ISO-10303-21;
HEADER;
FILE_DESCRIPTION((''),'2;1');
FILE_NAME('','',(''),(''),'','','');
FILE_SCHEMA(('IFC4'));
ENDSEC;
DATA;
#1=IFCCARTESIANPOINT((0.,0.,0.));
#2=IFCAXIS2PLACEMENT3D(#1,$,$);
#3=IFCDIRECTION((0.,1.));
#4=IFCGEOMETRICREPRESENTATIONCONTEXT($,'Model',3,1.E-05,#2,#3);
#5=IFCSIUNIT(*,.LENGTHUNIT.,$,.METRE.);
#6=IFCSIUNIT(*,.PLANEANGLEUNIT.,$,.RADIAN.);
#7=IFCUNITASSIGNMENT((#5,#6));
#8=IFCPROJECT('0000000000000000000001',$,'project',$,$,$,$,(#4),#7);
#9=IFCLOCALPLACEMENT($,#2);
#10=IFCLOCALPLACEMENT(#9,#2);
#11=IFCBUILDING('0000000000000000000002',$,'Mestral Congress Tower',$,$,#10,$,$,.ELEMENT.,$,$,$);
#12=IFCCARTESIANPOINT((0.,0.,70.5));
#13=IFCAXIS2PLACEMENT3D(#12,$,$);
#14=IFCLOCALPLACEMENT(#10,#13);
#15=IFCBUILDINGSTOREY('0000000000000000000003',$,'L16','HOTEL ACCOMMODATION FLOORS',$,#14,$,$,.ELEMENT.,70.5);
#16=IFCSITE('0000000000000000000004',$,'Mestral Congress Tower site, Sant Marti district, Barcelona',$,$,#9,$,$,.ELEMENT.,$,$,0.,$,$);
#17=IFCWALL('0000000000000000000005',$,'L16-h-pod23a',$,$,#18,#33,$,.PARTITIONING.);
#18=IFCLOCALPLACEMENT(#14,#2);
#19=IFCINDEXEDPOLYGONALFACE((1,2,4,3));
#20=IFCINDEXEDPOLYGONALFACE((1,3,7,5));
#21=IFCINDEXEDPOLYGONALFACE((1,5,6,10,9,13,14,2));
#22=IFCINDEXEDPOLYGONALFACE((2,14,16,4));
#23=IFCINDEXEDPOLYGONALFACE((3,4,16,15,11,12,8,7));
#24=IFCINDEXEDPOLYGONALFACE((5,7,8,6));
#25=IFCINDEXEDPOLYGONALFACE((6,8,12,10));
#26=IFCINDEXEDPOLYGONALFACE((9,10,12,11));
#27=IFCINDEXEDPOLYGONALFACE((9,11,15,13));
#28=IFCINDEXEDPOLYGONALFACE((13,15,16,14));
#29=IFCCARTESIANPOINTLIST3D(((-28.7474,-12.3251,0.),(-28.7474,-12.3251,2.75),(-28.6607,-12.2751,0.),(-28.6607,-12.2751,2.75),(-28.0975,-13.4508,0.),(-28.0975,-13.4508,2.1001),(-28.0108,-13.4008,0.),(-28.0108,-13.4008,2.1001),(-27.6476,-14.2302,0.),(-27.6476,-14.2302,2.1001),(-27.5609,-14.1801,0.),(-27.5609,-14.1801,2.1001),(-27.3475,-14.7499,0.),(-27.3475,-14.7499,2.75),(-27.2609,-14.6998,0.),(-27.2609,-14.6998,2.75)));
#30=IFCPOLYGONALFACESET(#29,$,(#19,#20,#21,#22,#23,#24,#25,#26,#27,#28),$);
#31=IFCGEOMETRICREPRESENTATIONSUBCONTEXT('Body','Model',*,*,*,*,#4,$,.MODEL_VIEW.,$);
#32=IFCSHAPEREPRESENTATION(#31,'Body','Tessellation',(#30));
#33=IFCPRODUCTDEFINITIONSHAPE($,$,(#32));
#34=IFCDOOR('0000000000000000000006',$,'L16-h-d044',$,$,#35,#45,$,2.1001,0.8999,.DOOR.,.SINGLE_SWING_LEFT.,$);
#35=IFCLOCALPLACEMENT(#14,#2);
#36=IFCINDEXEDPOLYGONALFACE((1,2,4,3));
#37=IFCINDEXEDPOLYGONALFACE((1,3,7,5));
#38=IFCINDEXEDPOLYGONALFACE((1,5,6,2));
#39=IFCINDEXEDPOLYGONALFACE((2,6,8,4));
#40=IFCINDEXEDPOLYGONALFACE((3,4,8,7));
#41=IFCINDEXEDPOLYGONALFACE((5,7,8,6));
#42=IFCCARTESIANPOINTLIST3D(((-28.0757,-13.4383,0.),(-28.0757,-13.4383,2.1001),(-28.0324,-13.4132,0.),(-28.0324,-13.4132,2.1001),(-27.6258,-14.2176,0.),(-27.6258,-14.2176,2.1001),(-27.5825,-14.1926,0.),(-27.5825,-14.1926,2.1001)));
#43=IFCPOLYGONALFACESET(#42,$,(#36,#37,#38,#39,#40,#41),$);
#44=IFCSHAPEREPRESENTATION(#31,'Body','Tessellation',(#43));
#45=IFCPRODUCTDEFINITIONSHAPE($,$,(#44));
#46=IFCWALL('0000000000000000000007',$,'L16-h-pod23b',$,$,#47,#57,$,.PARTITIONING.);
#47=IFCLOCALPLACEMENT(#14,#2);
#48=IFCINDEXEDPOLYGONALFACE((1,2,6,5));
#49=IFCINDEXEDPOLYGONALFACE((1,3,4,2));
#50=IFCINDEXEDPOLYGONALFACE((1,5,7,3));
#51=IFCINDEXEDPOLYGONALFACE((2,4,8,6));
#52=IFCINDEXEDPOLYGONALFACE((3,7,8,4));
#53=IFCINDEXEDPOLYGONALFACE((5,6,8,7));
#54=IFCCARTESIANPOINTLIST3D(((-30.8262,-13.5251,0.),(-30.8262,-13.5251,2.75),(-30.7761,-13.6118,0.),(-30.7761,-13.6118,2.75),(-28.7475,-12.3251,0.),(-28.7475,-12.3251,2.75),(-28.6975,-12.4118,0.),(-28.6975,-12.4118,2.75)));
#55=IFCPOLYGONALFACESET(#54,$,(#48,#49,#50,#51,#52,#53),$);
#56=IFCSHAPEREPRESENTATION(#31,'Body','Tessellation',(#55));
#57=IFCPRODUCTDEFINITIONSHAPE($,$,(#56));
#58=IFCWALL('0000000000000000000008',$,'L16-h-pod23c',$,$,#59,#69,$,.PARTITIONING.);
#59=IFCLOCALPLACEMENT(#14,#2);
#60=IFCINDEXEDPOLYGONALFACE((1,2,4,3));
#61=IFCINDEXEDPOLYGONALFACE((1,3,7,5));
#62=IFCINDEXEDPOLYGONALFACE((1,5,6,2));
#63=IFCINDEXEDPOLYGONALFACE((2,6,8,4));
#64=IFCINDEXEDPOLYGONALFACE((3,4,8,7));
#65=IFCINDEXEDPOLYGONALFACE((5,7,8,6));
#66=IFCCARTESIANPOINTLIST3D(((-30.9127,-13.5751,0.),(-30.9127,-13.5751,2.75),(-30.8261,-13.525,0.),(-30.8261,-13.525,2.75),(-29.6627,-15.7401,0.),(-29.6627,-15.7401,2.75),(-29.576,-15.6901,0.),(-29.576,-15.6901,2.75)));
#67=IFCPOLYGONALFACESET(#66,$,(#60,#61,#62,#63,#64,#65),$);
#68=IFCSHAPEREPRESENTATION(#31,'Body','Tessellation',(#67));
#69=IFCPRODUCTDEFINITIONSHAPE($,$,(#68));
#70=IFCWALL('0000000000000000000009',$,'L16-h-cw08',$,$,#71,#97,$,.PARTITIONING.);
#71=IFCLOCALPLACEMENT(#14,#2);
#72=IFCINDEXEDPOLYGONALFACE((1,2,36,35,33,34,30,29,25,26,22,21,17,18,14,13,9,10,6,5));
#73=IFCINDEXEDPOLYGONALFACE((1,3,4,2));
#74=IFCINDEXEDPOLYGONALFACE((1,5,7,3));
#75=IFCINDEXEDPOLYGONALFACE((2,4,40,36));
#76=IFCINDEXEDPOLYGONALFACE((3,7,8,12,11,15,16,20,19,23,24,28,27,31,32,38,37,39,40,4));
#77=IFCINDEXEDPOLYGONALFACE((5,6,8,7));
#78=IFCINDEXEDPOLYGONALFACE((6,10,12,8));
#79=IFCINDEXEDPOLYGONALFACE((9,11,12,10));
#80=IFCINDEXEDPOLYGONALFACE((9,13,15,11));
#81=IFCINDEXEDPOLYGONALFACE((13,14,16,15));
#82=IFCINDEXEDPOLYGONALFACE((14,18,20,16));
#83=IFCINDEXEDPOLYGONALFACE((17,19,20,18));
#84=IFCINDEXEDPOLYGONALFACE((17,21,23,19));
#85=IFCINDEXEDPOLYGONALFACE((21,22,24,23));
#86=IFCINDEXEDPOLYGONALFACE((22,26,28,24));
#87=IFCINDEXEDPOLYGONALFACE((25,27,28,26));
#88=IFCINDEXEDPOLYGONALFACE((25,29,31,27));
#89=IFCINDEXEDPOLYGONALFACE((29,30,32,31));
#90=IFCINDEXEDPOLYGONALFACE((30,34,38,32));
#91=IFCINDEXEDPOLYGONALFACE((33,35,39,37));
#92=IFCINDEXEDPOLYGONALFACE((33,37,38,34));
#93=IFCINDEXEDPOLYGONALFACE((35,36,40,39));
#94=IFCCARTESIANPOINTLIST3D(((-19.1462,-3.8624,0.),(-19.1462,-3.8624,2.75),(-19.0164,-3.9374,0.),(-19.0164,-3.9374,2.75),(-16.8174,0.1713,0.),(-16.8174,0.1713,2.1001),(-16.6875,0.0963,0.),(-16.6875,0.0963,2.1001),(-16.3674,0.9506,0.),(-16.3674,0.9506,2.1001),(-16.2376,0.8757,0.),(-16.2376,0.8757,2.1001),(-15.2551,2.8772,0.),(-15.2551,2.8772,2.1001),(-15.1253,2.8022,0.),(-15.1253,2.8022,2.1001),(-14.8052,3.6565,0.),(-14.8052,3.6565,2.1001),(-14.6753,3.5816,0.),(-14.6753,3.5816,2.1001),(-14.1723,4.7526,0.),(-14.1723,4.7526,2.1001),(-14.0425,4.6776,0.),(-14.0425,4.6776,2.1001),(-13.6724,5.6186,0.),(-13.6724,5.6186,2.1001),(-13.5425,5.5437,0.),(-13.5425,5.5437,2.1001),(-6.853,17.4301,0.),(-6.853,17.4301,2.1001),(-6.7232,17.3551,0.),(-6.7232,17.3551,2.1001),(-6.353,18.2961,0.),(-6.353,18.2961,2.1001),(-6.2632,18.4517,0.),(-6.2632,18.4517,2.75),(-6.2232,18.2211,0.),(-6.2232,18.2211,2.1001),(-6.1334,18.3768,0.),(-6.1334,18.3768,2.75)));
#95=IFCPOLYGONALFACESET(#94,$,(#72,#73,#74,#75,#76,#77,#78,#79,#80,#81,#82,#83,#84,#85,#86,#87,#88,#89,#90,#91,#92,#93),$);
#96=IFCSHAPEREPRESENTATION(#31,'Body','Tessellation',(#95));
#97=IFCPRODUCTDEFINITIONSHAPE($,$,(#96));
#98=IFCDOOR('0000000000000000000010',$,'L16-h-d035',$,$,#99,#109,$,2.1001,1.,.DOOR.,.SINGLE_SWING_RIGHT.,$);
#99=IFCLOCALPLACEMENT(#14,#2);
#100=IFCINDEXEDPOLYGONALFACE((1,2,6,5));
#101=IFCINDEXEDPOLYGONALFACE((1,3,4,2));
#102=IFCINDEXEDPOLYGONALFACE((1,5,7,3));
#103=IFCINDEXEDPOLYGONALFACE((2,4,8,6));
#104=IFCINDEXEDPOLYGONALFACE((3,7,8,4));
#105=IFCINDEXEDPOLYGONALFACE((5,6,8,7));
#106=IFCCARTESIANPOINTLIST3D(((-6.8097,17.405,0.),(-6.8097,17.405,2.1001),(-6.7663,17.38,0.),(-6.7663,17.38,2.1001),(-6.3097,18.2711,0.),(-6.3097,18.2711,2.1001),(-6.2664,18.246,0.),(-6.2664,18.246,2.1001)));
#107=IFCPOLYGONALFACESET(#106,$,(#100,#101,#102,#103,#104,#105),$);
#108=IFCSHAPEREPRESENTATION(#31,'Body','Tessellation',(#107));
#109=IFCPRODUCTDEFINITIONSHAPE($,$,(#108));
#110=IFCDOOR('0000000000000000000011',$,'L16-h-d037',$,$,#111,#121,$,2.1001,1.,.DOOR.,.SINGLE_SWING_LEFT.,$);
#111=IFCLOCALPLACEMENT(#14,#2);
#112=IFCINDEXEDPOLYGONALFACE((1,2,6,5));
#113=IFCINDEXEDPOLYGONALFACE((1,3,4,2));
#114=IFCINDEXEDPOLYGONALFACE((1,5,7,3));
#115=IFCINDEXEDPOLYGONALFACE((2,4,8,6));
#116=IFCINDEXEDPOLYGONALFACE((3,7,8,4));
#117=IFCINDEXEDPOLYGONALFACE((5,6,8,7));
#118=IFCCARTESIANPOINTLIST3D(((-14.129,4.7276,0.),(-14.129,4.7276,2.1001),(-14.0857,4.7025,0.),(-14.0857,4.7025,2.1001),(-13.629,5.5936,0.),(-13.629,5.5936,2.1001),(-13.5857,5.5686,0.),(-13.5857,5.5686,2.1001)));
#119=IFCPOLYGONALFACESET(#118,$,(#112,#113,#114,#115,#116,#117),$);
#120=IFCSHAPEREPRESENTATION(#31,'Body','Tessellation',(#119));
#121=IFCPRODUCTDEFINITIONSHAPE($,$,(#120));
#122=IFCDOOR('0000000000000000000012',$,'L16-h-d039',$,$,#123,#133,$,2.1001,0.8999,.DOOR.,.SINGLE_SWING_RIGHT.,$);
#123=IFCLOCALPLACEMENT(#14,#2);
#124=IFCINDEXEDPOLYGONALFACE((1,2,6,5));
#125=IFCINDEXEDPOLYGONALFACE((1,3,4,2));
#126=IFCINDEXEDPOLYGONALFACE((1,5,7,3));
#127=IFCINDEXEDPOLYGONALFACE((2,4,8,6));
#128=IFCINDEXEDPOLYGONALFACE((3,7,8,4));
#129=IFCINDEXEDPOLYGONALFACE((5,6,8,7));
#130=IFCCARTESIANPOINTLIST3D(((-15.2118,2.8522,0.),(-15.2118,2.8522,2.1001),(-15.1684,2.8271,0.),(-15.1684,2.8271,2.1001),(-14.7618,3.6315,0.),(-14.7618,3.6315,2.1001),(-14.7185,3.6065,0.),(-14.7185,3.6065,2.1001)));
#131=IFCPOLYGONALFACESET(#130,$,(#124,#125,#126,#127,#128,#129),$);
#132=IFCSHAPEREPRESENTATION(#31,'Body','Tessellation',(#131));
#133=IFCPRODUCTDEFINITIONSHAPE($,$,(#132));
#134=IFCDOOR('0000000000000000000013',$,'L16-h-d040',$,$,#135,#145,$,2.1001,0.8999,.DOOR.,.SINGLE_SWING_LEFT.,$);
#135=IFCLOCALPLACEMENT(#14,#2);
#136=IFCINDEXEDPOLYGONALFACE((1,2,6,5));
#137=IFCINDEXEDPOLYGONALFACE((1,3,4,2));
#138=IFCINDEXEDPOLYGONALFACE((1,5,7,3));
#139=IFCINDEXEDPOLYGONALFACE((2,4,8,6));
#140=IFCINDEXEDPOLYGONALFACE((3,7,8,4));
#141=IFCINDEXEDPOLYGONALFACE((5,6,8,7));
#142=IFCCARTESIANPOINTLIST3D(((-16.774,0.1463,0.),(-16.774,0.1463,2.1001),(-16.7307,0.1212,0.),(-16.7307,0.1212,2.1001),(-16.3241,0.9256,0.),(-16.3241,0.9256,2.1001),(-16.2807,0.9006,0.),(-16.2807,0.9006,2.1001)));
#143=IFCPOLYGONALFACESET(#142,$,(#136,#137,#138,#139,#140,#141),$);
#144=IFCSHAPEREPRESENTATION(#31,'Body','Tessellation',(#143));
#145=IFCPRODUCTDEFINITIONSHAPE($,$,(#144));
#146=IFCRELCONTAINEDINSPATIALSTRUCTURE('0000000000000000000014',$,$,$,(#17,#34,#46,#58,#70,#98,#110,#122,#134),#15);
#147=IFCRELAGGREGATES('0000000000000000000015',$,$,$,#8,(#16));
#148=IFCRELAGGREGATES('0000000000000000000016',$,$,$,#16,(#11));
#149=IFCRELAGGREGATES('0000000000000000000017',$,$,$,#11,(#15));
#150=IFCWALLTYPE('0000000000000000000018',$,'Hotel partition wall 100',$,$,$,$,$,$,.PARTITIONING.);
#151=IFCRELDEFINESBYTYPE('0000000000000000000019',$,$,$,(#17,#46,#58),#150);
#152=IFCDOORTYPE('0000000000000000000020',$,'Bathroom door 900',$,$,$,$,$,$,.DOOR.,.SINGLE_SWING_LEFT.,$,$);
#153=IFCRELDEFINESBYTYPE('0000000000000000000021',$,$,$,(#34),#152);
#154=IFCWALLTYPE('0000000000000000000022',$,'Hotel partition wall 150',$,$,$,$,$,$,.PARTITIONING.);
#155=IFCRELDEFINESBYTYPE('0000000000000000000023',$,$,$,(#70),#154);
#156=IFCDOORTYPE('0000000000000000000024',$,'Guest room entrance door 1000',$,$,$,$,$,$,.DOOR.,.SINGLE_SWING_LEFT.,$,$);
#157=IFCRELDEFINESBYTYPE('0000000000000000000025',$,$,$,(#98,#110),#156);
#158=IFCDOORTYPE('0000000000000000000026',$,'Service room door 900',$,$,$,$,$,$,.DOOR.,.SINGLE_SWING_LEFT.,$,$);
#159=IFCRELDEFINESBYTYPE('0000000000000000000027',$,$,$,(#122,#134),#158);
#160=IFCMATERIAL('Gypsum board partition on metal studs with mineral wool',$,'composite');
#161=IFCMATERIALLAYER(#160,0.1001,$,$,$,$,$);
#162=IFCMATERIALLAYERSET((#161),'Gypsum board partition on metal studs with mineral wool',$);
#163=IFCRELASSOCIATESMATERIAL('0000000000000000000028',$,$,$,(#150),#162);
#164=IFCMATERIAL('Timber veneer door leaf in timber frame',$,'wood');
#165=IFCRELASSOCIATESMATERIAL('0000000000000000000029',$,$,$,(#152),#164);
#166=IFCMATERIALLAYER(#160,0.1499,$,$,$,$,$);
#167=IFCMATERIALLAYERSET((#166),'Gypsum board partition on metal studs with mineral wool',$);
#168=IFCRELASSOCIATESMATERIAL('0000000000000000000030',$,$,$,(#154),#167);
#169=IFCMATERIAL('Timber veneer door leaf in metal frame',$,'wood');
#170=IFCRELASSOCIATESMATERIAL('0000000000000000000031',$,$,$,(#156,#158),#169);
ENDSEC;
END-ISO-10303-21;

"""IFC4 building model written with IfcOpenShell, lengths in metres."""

from ifc_helpers import new_model, si_unit, direction, frame, frame_2d, origin, place, context, subcontext, project, spatial, rectangle, extrude, material, layer, layer_set, type_object, element, fill, save


model = new_model("IFC4")

# Units and contexts
model_context = context("Model", 3, precision=1e-05, world=origin(), true_north=direction((0.0, 1.0)))
body_context = subcontext(model_context, "Body", "Model", "MODEL_VIEW")
ifc_project = project(units=[si_unit("LENGTHUNIT", "METRE"), si_unit("PLANEANGLEUNIT", "RADIAN")], contexts=[model_context])

# Site, building, storey
site_placement = place(None, origin())
site = spatial("IfcSite", under=ifc_project, at=site_placement, Name="Mestral Congress Tower site, Sant Marti district, Barcelona", CompositionType="ELEMENT", RefElevation=0.0)
building_placement = place(site_placement, origin())
building = spatial("IfcBuilding", under=site, at=building_placement, Name="Mestral Congress Tower", CompositionType="ELEMENT")
storey_placement = place(building_placement, frame((0.0, 0.0, 70.5)))
storey = spatial("IfcBuildingStorey", under=building, at=storey_placement, Name="L16", Description="HOTEL ACCOMMODATION FLOORS", CompositionType="ELEMENT", Elevation=70.5)

# Shared definitions
ifc_material_1 = material(Name="Gypsum board partition on metal studs with mineral wool", Category="composite")
ifc_layer_1 = layer(ifc_material_1, 0.1001)
ifc_layer_set_1 = layer_set([ifc_layer_1], Name="Gypsum board partition on metal studs with mineral wool")
wall_type_1 = type_object("IfcWallType", Name="Hotel partition wall 100", PredefinedType="PARTITIONING", material=ifc_layer_set_1)

# Shared definitions
ifc_material_2 = material(Name="Timber veneer door leaf in timber frame", Category="wood")
door_type_1 = type_object("IfcDoorType", Name="Bathroom door 900", OperationType="SINGLE_SWING_LEFT", PredefinedType="DOOR", material=ifc_material_2)

# Wall, opening, door
wall_1_placement = place(storey_placement, frame((-27.3042, -14.7249, 0.0), z_axis=(0.0, 0.0, 1.0), x_axis=(-0.499984, 0.866035, 0.0)))
wall_1 = element("IfcWall", 1, at=wall_1_placement, inside=storey, type_object=wall_type_1, Name="L16-h-pod23a", PredefinedType="PARTITIONING", context=body_context, shape_type="SweptSolid", body=[
    extrude(rectangle(XDim=2.7998, YDim=0.1001, at=frame_2d((1.3999, 0.0))), origin(), (0.0, 0.0, 1.0), 2.75),
])
opening_1_placement = place(wall_1_placement, frame((0.6001, 0.0, 0.0)))
opening_1 = element("IfcOpeningElement", 2, at=opening_1_placement, cuts=wall_1, PredefinedType="OPENING", context=body_context, shape_type="SweptSolid", body=[
    extrude(rectangle(XDim=0.8999, YDim=2.1001, at=frame_2d((0.45, 1.05))), frame((0.0, 0.0601, 0.0), z_axis=(0.0, -1.0, 0.0), x_axis=(1.0, 0.0, 0.0)), (0.0, 0.0, 1.0), 0.1201),
])
door_1_placement = place(opening_1_placement, origin())
door_1 = element("IfcDoor", 3, at=door_1_placement, inside=storey, type_object=door_type_1, Name="L16-h-d044", OperationType="SINGLE_SWING_LEFT", OverallHeight=2.1001, OverallWidth=0.8999, PredefinedType="DOOR", context=body_context, shape_type="SweptSolid", body=[
    extrude(rectangle(XDim=0.8999, YDim=2.1001, at=frame_2d((0.45, 1.05))), frame((0.0, 0.0249, 0.0), z_axis=(0.0, -1.0, 0.0), x_axis=(1.0, 0.0, 0.0)), (0.0, 0.0, 1.0), 0.05),
])
fill(opening_1, door_1)

# Walls
wall_2_placement = place(storey_placement, frame((-28.7224, -12.3684, 0.0), z_axis=(0.0, 0.0, 1.0), x_axis=(-0.86605, -0.499957, 0.0)))
element("IfcWall", 4, at=wall_2_placement, inside=storey, type_object=wall_type_1, Name="L16-h-pod23b", PredefinedType="PARTITIONING", context=body_context, shape_type="SweptSolid", body=[
    extrude(rectangle(XDim=2.4001, YDim=0.1001, at=frame_2d((1.2002, 0.0))), origin(), (0.0, 0.0, 1.0), 2.75),
])
wall_3_placement = place(storey_placement, frame((-29.6194, -15.7151, 0.0), z_axis=(0.0, 0.0, 1.0), x_axis=(-0.500004, 0.866023, 0.0)))
element("IfcWall", 5, at=wall_3_placement, inside=storey, type_object=wall_type_1, Name="L16-h-pod23c", PredefinedType="PARTITIONING", context=body_context, shape_type="SweptSolid", body=[
    extrude(rectangle(XDim=2.5, YDim=0.1001, at=frame_2d((1.25, 0.0))), origin(), (0.0, 0.0, 1.0), 2.75),
])

# Wall, openings, doors
ifc_layer_2 = layer(ifc_material_1, 0.1499)
ifc_layer_set_2 = layer_set([ifc_layer_2], Name="Gypsum board partition on metal studs with mineral wool")
wall_type_2 = type_object("IfcWallType", Name="Hotel partition wall 150", PredefinedType="PARTITIONING", material=ifc_layer_set_2)
wall_4_placement = place(storey_placement, frame((-19.0813, -3.8999, 0.0), z_axis=(0.0, 0.0, 1.0), x_axis=(0.499998, 0.866026, 0.0)))
wall_4 = element("IfcWall", 6, at=wall_4_placement, inside=storey, type_object=wall_type_2, Name="L16-h-cw08", PredefinedType="PARTITIONING", context=body_context, shape_type="SweptSolid", body=[
    extrude(rectangle(XDim=25.7661, YDim=0.1499, at=frame_2d((12.8831, 0.0))), origin(), (0.0, 0.0, 1.0), 2.75),
])
opening_2_placement = place(wall_4_placement, frame((24.5864, 0.0, 0.0)))
opening_2 = element("IfcOpeningElement", 7, at=opening_2_placement, cuts=wall_4, PredefinedType="OPENING", context=body_context, shape_type="SweptSolid", body=[
    extrude(rectangle(XDim=1.0, YDim=2.1001, at=frame_2d((0.5, 1.05))), frame((0.0, 0.085, 0.0), z_axis=(0.0, -1.0, 0.0), x_axis=(1.0, 0.0, 0.0)), (0.0, 0.0, 1.0), 0.1699),
])
opening_3_placement = place(wall_4_placement, frame((9.9478, 0.0, 0.0)))
opening_3 = element("IfcOpeningElement", 8, at=opening_3_placement, cuts=wall_4, PredefinedType="OPENING", context=body_context, shape_type="SweptSolid", body=[
    extrude(rectangle(XDim=1.0, YDim=2.1001, at=frame_2d((0.5, 1.05))), frame((0.0, 0.085, 0.0), z_axis=(0.0, -1.0, 0.0), x_axis=(1.0, 0.0, 0.0)), (0.0, 0.0, 1.0), 0.1699),
])
opening_4_placement = place(wall_4_placement, frame((7.7822, 0.0, 0.0)))
opening_4 = element("IfcOpeningElement", 9, at=opening_4_placement, cuts=wall_4, PredefinedType="OPENING", context=body_context, shape_type="SweptSolid", body=[
    extrude(rectangle(XDim=0.8999, YDim=2.1001, at=frame_2d((0.45, 1.05))), frame((0.0, 0.085, 0.0), z_axis=(0.0, -1.0, 0.0), x_axis=(1.0, 0.0, 0.0)), (0.0, 0.0, 1.0), 0.1699),
])
opening_5_placement = place(wall_4_placement, frame((4.6577, 0.0, 0.0)))
opening_5 = element("IfcOpeningElement", 10, at=opening_5_placement, cuts=wall_4, PredefinedType="OPENING", context=body_context, shape_type="SweptSolid", body=[
    extrude(rectangle(XDim=0.8999, YDim=2.1001, at=frame_2d((0.45, 1.05))), frame((0.0, 0.085, 0.0), z_axis=(0.0, -1.0, 0.0), x_axis=(1.0, 0.0, 0.0)), (0.0, 0.0, 1.0), 0.1699),
])
ifc_material_3 = material(Name="Timber veneer door leaf in metal frame", Category="wood")
door_type_2 = type_object("IfcDoorType", Name="Guest room entrance door 1000", OperationType="SINGLE_SWING_LEFT", PredefinedType="DOOR", material=ifc_material_3)
door_2_placement = place(opening_2_placement, origin())
door_2 = element("IfcDoor", 11, at=door_2_placement, inside=storey, type_object=door_type_2, Name="L16-h-d035", OperationType="SINGLE_SWING_RIGHT", OverallHeight=2.1001, OverallWidth=1.0, PredefinedType="DOOR", context=body_context, shape_type="SweptSolid", body=[
    extrude(rectangle(XDim=1.0, YDim=2.1001, at=frame_2d((0.5, 1.05))), frame((0.0, 0.0249, 0.0), z_axis=(0.0, -1.0, 0.0), x_axis=(1.0, 0.0, 0.0)), (0.0, 0.0, 1.0), 0.05),
])
fill(opening_2, door_2)
door_3_placement = place(opening_3_placement, origin())
door_3 = element("IfcDoor", 12, at=door_3_placement, inside=storey, type_object=door_type_2, Name="L16-h-d037", OperationType="SINGLE_SWING_LEFT", OverallHeight=2.1001, OverallWidth=1.0, PredefinedType="DOOR", context=body_context, shape_type="SweptSolid", body=[
    extrude(rectangle(XDim=1.0, YDim=2.1001, at=frame_2d((0.5, 1.05))), frame((0.0, 0.0249, 0.0), z_axis=(0.0, -1.0, 0.0), x_axis=(1.0, 0.0, 0.0)), (0.0, 0.0, 1.0), 0.05),
])
fill(opening_3, door_3)
door_type_3 = type_object("IfcDoorType", Name="Service room door 900", OperationType="SINGLE_SWING_LEFT", PredefinedType="DOOR", material=ifc_material_3)
door_4_placement = place(opening_4_placement, origin())
door_4 = element("IfcDoor", 13, at=door_4_placement, inside=storey, type_object=door_type_3, Name="L16-h-d039", OperationType="SINGLE_SWING_RIGHT", OverallHeight=2.1001, OverallWidth=0.8999, PredefinedType="DOOR", context=body_context, shape_type="SweptSolid", body=[
    extrude(rectangle(XDim=0.8999, YDim=2.1001, at=frame_2d((0.45, 1.05))), frame((0.0, 0.0249, 0.0), z_axis=(0.0, -1.0, 0.0), x_axis=(1.0, 0.0, 0.0)), (0.0, 0.0, 1.0), 0.05),
])
fill(opening_4, door_4)
door_5_placement = place(opening_5_placement, origin())
door_5 = element("IfcDoor", 14, at=door_5_placement, inside=storey, type_object=door_type_3, Name="L16-h-d040", OperationType="SINGLE_SWING_LEFT", OverallHeight=2.1001, OverallWidth=0.8999, PredefinedType="DOOR", context=body_context, shape_type="SweptSolid", body=[
    extrude(rectangle(XDim=0.8999, YDim=2.1001, at=frame_2d((0.45, 1.05))), frame((0.0, 0.0249, 0.0), z_axis=(0.0, -1.0, 0.0), x_axis=(1.0, 0.0, 0.0)), (0.0, 0.0, 1.0), 0.05),
])
fill(opening_5, door_5)

save(model, "model.ifc")
